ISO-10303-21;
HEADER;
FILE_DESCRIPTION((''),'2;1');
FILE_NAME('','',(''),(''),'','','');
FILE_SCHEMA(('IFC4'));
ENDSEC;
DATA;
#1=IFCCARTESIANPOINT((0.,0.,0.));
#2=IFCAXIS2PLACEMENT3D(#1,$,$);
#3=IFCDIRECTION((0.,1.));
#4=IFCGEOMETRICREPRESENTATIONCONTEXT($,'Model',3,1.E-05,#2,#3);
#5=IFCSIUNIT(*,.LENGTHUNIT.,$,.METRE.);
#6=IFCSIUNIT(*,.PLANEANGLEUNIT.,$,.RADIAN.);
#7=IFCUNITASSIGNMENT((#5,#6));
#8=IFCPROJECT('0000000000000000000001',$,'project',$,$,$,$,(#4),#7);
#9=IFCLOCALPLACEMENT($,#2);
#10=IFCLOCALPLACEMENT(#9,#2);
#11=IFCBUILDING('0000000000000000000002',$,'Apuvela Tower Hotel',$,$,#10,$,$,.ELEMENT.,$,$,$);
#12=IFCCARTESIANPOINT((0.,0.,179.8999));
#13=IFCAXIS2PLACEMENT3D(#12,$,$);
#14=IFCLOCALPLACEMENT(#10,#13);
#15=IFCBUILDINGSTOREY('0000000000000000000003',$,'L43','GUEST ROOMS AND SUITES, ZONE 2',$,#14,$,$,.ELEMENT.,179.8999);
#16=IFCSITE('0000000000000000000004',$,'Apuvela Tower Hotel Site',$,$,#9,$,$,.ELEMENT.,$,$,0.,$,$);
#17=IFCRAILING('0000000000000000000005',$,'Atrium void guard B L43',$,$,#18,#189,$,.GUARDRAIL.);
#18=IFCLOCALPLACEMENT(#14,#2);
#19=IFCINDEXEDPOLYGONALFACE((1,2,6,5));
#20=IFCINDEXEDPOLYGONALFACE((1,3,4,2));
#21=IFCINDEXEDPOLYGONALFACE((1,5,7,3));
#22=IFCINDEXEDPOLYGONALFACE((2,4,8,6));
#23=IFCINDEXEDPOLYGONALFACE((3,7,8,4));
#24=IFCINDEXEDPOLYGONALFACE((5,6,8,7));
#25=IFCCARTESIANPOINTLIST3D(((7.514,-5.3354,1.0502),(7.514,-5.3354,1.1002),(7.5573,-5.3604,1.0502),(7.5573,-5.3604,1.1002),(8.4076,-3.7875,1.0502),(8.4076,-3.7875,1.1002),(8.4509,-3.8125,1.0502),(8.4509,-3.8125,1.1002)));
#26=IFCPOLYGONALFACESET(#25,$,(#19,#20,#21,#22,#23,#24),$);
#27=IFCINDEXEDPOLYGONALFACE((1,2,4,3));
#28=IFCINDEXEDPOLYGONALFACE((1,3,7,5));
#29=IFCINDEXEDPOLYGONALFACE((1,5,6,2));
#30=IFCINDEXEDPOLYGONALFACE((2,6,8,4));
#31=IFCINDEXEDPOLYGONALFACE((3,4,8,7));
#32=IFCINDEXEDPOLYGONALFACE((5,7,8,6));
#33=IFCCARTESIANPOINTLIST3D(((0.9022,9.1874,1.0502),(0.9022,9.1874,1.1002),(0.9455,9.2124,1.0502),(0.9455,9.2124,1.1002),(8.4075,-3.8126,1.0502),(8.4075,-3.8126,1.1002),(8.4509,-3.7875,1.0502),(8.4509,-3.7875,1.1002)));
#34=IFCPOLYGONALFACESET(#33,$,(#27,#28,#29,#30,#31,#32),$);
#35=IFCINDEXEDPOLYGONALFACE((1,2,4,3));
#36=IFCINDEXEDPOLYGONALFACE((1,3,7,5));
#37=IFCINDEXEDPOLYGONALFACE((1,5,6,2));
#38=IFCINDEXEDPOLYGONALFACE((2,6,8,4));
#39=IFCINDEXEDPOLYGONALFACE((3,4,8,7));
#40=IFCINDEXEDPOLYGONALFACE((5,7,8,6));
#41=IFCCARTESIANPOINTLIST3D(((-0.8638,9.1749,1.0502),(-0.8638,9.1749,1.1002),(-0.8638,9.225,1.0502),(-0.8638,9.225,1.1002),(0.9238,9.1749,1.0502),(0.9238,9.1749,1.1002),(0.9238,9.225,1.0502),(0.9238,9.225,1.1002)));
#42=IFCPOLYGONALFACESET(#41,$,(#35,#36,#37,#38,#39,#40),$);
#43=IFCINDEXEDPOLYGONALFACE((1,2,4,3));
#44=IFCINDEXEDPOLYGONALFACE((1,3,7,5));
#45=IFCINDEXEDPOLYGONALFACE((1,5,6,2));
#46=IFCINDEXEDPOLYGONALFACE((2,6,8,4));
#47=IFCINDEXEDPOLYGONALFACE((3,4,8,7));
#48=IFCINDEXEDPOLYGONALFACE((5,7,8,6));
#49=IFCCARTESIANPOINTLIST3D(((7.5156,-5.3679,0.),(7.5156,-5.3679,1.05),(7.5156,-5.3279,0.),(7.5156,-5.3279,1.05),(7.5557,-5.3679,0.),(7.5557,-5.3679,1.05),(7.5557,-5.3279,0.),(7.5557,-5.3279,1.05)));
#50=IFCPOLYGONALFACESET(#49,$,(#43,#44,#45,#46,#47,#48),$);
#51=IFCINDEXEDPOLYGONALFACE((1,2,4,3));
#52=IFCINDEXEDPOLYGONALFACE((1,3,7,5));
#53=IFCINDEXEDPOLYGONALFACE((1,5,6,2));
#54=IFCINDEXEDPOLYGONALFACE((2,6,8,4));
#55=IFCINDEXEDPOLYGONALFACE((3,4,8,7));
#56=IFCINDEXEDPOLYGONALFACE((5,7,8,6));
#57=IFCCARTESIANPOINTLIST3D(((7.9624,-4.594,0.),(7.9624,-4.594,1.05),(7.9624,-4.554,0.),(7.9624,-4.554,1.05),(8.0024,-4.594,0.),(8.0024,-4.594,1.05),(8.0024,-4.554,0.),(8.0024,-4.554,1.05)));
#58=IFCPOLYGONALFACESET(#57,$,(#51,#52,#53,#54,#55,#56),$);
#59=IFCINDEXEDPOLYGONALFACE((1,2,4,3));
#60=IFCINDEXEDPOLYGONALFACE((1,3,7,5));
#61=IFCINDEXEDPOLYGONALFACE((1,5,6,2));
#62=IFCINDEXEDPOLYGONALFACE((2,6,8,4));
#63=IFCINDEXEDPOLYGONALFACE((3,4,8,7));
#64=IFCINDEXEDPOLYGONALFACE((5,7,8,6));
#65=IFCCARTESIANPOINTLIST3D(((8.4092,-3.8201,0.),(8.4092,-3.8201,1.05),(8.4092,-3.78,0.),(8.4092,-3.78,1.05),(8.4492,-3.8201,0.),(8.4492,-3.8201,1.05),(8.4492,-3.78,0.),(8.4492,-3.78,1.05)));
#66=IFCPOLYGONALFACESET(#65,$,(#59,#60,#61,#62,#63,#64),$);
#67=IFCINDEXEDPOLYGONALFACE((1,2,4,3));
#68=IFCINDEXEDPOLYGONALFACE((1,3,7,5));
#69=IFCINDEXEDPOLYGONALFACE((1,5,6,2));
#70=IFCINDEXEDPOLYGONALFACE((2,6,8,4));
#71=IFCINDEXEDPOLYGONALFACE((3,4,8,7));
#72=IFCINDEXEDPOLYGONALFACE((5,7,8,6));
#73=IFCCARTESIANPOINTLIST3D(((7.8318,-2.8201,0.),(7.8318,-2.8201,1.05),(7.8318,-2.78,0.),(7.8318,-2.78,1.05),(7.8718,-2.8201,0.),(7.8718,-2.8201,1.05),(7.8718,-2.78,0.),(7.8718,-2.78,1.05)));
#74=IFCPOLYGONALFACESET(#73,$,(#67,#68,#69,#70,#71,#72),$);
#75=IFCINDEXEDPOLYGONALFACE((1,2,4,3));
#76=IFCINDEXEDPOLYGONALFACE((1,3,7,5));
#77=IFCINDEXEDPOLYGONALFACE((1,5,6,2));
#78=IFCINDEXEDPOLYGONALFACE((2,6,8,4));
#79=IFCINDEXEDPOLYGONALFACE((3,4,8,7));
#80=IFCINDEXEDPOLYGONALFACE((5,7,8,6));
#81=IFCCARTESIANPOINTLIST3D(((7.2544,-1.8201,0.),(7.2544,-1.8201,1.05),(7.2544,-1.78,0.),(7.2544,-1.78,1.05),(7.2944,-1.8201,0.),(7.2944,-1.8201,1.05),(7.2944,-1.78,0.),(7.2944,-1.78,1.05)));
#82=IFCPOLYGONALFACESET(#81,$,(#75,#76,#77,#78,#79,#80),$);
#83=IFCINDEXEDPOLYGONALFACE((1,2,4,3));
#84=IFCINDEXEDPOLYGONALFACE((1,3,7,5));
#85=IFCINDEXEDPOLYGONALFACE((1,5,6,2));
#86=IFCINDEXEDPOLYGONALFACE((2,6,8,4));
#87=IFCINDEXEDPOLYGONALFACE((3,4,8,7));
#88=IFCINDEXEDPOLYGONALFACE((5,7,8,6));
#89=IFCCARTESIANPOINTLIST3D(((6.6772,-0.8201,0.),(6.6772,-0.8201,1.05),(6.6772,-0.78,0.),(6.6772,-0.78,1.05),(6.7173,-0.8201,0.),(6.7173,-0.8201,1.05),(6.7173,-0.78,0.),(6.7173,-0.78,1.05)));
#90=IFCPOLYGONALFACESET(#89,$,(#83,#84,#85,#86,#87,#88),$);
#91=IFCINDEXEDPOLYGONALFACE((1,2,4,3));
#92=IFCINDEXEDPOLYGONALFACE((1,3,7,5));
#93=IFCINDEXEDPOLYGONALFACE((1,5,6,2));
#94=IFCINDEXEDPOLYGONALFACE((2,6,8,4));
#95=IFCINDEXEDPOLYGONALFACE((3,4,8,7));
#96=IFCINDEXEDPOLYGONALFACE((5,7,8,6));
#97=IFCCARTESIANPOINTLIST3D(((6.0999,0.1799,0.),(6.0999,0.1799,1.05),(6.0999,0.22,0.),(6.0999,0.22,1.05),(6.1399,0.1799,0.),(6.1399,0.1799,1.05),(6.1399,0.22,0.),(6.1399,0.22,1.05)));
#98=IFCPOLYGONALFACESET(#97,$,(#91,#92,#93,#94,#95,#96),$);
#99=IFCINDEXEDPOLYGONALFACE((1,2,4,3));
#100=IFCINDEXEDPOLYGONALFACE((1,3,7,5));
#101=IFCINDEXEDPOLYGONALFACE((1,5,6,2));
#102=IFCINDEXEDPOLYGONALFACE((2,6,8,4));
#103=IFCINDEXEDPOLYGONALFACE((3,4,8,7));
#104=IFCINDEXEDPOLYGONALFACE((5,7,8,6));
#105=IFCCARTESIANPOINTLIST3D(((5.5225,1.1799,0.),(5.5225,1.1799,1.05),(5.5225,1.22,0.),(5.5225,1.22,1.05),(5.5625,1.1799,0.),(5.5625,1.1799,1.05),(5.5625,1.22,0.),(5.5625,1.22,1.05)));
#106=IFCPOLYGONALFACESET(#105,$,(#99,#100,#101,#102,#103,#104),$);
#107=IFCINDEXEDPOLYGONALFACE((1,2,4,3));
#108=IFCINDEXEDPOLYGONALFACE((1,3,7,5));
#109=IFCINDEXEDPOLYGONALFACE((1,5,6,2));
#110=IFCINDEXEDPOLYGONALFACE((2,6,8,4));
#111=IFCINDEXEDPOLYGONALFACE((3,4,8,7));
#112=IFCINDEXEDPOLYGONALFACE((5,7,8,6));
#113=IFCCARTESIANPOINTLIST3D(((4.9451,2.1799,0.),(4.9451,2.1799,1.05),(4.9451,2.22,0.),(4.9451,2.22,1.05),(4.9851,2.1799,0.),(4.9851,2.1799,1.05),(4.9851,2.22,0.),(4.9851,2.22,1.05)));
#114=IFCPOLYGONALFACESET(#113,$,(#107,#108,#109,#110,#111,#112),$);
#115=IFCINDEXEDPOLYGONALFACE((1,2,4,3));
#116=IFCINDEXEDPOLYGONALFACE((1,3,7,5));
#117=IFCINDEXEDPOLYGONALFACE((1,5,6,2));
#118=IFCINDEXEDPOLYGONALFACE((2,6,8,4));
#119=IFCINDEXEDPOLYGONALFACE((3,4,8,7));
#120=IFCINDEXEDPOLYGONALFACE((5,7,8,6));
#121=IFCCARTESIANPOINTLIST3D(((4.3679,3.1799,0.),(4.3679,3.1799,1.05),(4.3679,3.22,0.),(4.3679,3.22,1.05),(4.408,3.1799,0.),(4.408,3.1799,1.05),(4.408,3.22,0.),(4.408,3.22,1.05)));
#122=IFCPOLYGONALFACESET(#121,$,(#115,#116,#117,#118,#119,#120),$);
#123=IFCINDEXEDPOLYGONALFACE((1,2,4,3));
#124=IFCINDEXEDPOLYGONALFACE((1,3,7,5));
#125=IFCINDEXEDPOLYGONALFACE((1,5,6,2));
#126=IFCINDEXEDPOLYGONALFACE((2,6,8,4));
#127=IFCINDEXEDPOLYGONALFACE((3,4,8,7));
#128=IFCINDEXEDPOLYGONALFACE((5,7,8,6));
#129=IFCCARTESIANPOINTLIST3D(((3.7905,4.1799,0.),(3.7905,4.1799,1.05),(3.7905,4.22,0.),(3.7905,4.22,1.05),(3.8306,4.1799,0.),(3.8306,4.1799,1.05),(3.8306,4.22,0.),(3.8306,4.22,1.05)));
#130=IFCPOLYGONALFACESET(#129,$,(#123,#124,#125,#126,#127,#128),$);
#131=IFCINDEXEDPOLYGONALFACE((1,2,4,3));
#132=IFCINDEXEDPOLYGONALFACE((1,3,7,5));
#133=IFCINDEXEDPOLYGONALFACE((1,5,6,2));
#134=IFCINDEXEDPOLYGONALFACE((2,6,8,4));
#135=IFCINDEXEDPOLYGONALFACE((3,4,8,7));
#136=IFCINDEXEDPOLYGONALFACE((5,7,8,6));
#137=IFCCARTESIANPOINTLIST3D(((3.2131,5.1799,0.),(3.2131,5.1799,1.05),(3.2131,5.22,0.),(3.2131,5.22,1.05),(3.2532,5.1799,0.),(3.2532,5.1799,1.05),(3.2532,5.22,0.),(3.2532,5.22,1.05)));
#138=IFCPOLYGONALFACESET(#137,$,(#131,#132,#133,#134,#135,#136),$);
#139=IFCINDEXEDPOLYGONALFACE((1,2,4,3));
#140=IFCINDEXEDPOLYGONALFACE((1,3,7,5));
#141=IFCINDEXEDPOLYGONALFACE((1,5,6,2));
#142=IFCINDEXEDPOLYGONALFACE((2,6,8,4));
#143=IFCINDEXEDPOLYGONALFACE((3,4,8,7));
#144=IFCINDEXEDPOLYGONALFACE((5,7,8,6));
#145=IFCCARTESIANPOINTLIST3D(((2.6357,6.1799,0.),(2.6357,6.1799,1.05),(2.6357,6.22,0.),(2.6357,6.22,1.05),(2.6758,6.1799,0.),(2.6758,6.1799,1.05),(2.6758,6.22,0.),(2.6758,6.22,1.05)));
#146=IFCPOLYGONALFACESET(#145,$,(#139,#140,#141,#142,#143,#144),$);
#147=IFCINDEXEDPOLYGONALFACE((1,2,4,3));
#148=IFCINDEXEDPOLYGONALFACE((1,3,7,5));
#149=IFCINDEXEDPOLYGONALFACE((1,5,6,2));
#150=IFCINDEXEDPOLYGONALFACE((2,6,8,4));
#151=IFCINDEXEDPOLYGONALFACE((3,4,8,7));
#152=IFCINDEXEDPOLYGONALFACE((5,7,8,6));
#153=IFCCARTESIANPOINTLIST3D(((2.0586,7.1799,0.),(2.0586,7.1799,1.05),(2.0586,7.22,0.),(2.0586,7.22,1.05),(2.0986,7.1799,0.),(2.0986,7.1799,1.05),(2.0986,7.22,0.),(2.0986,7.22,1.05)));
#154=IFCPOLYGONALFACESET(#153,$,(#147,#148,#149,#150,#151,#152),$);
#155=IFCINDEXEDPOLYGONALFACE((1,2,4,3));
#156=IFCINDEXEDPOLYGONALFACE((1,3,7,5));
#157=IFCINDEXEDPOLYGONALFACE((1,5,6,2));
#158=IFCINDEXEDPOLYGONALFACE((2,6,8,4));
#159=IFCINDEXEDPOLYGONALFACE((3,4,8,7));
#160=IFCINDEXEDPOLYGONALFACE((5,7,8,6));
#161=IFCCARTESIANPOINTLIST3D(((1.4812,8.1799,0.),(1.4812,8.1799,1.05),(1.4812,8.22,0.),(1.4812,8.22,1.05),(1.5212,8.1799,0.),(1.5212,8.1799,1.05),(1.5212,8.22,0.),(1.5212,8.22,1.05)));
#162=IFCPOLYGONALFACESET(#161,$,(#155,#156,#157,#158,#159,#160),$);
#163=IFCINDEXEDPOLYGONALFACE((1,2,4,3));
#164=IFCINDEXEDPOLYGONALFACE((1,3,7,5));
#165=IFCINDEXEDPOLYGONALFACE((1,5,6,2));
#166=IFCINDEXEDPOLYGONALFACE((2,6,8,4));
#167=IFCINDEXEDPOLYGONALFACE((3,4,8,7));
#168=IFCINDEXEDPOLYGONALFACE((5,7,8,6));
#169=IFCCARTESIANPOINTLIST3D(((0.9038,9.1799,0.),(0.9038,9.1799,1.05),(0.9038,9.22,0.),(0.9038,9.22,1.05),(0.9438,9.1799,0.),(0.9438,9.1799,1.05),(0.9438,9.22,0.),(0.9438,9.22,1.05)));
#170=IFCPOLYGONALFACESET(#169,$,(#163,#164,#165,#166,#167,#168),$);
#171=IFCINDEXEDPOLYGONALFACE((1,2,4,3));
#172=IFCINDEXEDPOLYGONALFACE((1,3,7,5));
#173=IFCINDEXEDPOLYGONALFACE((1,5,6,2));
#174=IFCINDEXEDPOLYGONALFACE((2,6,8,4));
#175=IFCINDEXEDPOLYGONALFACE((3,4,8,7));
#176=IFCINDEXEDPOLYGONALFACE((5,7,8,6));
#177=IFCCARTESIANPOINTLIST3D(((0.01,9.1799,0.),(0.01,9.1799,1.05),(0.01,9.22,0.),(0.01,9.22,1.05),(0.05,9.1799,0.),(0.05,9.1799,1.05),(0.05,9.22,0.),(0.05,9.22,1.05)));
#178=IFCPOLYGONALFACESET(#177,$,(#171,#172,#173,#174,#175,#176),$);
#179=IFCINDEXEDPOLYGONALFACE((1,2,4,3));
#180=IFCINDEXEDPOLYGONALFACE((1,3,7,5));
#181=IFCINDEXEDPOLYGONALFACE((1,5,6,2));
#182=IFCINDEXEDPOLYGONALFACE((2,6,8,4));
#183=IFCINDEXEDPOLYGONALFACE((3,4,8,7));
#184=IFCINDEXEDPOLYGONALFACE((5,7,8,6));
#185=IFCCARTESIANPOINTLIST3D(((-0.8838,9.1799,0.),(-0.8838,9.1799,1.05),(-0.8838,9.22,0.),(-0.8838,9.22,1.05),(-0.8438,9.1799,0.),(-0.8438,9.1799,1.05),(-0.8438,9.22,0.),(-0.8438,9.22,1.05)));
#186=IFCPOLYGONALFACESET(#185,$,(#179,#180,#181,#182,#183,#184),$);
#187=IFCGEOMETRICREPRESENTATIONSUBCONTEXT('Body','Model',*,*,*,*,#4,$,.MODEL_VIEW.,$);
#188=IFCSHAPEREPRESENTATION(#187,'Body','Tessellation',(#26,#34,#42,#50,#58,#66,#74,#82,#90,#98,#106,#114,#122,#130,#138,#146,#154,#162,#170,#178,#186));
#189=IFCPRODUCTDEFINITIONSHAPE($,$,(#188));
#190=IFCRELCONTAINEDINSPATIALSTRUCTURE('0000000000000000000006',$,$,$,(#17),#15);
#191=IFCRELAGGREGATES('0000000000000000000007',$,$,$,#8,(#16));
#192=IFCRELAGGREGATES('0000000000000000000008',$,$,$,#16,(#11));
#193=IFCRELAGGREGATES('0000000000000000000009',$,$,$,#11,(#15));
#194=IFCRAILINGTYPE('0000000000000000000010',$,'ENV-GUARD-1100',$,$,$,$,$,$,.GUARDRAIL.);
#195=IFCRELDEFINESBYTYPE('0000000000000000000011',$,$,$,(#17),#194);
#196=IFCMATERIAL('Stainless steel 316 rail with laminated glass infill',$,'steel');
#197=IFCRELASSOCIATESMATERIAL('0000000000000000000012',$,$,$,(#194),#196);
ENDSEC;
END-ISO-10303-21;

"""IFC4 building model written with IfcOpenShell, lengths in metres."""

from ifc_helpers import new_model, si_unit, direction, frame, origin, origin_2d, place, context, subcontext, project, spatial, rectangle, extrude, material, type_object, element, save


model = new_model("IFC4")

# Units and contexts
model_context = context("Model", 3, precision=1e-05, world=origin(), true_north=direction((0.0, 1.0)))
body_context = subcontext(model_context, "Body", "Model", "MODEL_VIEW")
ifc_project = project(units=[si_unit("LENGTHUNIT", "METRE"), si_unit("PLANEANGLEUNIT", "RADIAN")], contexts=[model_context])

# Site, building, storey
site_placement = place(None, origin())
site = spatial("IfcSite", under=ifc_project, at=site_placement, Name="Apuvela Tower Hotel Site", CompositionType="ELEMENT", RefElevation=0.0)
building_placement = place(site_placement, origin())
building = spatial("IfcBuilding", under=site, at=building_placement, Name="Apuvela Tower Hotel", CompositionType="ELEMENT")
storey_placement = place(building_placement, frame((0.0, 0.0, 179.8999)))
storey = spatial("IfcBuildingStorey", under=building, at=storey_placement, Name="L43", Description="GUEST ROOMS AND SUITES, ZONE 2", CompositionType="ELEMENT", Elevation=179.8999)

# Railing
ifc_material_1 = material(Name="Stainless steel 316 rail with laminated glass infill", Category="steel")
railing_type_1 = type_object("IfcRailingType", Name="ENV-GUARD-1100", PredefinedType="GUARDRAIL", material=ifc_material_1)
railing_1_placement = place(storey_placement, frame((7.5356, -5.3479, 0.0)))
element("IfcRailing", 1, at=railing_1_placement, inside=storey, type_object=railing_type_1, Name="Atrium void guard B L43", PredefinedType="GUARDRAIL", context=body_context, shape_type="SweptSolid", body=[
    extrude(rectangle(XDim=0.05, YDim=0.05, at=origin_2d()), frame((0.0, 0.0, 1.0752), z_axis=(0.499959, 0.866049, 0.0), x_axis=(-0.866049, 0.499959, 0.0)), (0.0, 0.0, 1.0), 1.7874),
    extrude(rectangle(XDim=0.05, YDim=0.05, at=origin_2d()), frame((0.8936, 1.5479, 1.0752), z_axis=(-0.499991, 0.866031, 0.0), x_axis=(-0.866031, -0.499991, 0.0)), (0.0, 0.0, 1.0), 15.011),
    extrude(rectangle(XDim=0.05, YDim=0.05, at=origin_2d()), frame((-6.6118, 14.5479, 1.0752), z_axis=(-1.0, 0.0, 0.0), x_axis=(0.0, -1.0, 0.0)), (0.0, 0.0, 1.0), 1.7876),
    extrude(rectangle(XDim=0.04, YDim=0.04, at=origin_2d()), origin(), (0.0, 0.0, 1.0), 1.05),
    extrude(rectangle(XDim=0.04, YDim=0.04, at=origin_2d()), frame((0.4468, 0.7739, 0.0)), (0.0, 0.0, 1.0), 1.05),
    extrude(rectangle(XDim=0.04, YDim=0.04, at=origin_2d()), frame((0.8936, 1.5479, 0.0)), (0.0, 0.0, 1.0), 1.05),
    extrude(rectangle(XDim=0.04, YDim=0.04, at=origin_2d()), frame((0.3162, 2.5479, 0.0)), (0.0, 0.0, 1.0), 1.05),
    extrude(rectangle(XDim=0.04, YDim=0.04, at=origin_2d()), frame((-0.2612, 3.5479, 0.0)), (0.0, 0.0, 1.0), 1.05),
    extrude(rectangle(XDim=0.04, YDim=0.04, at=origin_2d()), frame((-0.8384, 4.5479, 0.0)), (0.0, 0.0, 1.0), 1.05),
    extrude(rectangle(XDim=0.04, YDim=0.04, at=origin_2d()), frame((-1.4158, 5.5479, 0.0)), (0.0, 0.0, 1.0), 1.05),
    extrude(rectangle(XDim=0.04, YDim=0.04, at=origin_2d()), frame((-1.9932, 6.5479, 0.0)), (0.0, 0.0, 1.0), 1.05),
    extrude(rectangle(XDim=0.04, YDim=0.04, at=origin_2d()), frame((-2.5706, 7.5479, 0.0)), (0.0, 0.0, 1.0), 1.05),
    extrude(rectangle(XDim=0.04, YDim=0.04, at=origin_2d()), frame((-3.1477, 8.5479, 0.0)), (0.0, 0.0, 1.0), 1.05),
    extrude(rectangle(XDim=0.04, YDim=0.04, at=origin_2d()), frame((-3.7251, 9.5479, 0.0)), (0.0, 0.0, 1.0), 1.05),
    extrude(rectangle(XDim=0.04, YDim=0.04, at=origin_2d()), frame((-4.3025, 10.5479, 0.0)), (0.0, 0.0, 1.0), 1.05),
    extrude(rectangle(XDim=0.04, YDim=0.04, at=origin_2d()), frame((-4.8799, 11.5479, 0.0)), (0.0, 0.0, 1.0), 1.05),
    extrude(rectangle(XDim=0.04, YDim=0.04, at=origin_2d()), frame((-5.457, 12.5479, 0.0)), (0.0, 0.0, 1.0), 1.05),
    extrude(rectangle(XDim=0.04, YDim=0.04, at=origin_2d()), frame((-6.0344, 13.5479, 0.0)), (0.0, 0.0, 1.0), 1.05),
    extrude(rectangle(XDim=0.04, YDim=0.04, at=origin_2d()), frame((-6.6118, 14.5479, 0.0)), (0.0, 0.0, 1.0), 1.05),
    extrude(rectangle(XDim=0.04, YDim=0.04, at=origin_2d()), frame((-7.5056, 14.5479, 0.0)), (0.0, 0.0, 1.0), 1.05),
    extrude(rectangle(XDim=0.04, YDim=0.04, at=origin_2d()), frame((-8.3994, 14.5479, 0.0)), (0.0, 0.0, 1.0), 1.05),
])

save(model, "model.ifc")
